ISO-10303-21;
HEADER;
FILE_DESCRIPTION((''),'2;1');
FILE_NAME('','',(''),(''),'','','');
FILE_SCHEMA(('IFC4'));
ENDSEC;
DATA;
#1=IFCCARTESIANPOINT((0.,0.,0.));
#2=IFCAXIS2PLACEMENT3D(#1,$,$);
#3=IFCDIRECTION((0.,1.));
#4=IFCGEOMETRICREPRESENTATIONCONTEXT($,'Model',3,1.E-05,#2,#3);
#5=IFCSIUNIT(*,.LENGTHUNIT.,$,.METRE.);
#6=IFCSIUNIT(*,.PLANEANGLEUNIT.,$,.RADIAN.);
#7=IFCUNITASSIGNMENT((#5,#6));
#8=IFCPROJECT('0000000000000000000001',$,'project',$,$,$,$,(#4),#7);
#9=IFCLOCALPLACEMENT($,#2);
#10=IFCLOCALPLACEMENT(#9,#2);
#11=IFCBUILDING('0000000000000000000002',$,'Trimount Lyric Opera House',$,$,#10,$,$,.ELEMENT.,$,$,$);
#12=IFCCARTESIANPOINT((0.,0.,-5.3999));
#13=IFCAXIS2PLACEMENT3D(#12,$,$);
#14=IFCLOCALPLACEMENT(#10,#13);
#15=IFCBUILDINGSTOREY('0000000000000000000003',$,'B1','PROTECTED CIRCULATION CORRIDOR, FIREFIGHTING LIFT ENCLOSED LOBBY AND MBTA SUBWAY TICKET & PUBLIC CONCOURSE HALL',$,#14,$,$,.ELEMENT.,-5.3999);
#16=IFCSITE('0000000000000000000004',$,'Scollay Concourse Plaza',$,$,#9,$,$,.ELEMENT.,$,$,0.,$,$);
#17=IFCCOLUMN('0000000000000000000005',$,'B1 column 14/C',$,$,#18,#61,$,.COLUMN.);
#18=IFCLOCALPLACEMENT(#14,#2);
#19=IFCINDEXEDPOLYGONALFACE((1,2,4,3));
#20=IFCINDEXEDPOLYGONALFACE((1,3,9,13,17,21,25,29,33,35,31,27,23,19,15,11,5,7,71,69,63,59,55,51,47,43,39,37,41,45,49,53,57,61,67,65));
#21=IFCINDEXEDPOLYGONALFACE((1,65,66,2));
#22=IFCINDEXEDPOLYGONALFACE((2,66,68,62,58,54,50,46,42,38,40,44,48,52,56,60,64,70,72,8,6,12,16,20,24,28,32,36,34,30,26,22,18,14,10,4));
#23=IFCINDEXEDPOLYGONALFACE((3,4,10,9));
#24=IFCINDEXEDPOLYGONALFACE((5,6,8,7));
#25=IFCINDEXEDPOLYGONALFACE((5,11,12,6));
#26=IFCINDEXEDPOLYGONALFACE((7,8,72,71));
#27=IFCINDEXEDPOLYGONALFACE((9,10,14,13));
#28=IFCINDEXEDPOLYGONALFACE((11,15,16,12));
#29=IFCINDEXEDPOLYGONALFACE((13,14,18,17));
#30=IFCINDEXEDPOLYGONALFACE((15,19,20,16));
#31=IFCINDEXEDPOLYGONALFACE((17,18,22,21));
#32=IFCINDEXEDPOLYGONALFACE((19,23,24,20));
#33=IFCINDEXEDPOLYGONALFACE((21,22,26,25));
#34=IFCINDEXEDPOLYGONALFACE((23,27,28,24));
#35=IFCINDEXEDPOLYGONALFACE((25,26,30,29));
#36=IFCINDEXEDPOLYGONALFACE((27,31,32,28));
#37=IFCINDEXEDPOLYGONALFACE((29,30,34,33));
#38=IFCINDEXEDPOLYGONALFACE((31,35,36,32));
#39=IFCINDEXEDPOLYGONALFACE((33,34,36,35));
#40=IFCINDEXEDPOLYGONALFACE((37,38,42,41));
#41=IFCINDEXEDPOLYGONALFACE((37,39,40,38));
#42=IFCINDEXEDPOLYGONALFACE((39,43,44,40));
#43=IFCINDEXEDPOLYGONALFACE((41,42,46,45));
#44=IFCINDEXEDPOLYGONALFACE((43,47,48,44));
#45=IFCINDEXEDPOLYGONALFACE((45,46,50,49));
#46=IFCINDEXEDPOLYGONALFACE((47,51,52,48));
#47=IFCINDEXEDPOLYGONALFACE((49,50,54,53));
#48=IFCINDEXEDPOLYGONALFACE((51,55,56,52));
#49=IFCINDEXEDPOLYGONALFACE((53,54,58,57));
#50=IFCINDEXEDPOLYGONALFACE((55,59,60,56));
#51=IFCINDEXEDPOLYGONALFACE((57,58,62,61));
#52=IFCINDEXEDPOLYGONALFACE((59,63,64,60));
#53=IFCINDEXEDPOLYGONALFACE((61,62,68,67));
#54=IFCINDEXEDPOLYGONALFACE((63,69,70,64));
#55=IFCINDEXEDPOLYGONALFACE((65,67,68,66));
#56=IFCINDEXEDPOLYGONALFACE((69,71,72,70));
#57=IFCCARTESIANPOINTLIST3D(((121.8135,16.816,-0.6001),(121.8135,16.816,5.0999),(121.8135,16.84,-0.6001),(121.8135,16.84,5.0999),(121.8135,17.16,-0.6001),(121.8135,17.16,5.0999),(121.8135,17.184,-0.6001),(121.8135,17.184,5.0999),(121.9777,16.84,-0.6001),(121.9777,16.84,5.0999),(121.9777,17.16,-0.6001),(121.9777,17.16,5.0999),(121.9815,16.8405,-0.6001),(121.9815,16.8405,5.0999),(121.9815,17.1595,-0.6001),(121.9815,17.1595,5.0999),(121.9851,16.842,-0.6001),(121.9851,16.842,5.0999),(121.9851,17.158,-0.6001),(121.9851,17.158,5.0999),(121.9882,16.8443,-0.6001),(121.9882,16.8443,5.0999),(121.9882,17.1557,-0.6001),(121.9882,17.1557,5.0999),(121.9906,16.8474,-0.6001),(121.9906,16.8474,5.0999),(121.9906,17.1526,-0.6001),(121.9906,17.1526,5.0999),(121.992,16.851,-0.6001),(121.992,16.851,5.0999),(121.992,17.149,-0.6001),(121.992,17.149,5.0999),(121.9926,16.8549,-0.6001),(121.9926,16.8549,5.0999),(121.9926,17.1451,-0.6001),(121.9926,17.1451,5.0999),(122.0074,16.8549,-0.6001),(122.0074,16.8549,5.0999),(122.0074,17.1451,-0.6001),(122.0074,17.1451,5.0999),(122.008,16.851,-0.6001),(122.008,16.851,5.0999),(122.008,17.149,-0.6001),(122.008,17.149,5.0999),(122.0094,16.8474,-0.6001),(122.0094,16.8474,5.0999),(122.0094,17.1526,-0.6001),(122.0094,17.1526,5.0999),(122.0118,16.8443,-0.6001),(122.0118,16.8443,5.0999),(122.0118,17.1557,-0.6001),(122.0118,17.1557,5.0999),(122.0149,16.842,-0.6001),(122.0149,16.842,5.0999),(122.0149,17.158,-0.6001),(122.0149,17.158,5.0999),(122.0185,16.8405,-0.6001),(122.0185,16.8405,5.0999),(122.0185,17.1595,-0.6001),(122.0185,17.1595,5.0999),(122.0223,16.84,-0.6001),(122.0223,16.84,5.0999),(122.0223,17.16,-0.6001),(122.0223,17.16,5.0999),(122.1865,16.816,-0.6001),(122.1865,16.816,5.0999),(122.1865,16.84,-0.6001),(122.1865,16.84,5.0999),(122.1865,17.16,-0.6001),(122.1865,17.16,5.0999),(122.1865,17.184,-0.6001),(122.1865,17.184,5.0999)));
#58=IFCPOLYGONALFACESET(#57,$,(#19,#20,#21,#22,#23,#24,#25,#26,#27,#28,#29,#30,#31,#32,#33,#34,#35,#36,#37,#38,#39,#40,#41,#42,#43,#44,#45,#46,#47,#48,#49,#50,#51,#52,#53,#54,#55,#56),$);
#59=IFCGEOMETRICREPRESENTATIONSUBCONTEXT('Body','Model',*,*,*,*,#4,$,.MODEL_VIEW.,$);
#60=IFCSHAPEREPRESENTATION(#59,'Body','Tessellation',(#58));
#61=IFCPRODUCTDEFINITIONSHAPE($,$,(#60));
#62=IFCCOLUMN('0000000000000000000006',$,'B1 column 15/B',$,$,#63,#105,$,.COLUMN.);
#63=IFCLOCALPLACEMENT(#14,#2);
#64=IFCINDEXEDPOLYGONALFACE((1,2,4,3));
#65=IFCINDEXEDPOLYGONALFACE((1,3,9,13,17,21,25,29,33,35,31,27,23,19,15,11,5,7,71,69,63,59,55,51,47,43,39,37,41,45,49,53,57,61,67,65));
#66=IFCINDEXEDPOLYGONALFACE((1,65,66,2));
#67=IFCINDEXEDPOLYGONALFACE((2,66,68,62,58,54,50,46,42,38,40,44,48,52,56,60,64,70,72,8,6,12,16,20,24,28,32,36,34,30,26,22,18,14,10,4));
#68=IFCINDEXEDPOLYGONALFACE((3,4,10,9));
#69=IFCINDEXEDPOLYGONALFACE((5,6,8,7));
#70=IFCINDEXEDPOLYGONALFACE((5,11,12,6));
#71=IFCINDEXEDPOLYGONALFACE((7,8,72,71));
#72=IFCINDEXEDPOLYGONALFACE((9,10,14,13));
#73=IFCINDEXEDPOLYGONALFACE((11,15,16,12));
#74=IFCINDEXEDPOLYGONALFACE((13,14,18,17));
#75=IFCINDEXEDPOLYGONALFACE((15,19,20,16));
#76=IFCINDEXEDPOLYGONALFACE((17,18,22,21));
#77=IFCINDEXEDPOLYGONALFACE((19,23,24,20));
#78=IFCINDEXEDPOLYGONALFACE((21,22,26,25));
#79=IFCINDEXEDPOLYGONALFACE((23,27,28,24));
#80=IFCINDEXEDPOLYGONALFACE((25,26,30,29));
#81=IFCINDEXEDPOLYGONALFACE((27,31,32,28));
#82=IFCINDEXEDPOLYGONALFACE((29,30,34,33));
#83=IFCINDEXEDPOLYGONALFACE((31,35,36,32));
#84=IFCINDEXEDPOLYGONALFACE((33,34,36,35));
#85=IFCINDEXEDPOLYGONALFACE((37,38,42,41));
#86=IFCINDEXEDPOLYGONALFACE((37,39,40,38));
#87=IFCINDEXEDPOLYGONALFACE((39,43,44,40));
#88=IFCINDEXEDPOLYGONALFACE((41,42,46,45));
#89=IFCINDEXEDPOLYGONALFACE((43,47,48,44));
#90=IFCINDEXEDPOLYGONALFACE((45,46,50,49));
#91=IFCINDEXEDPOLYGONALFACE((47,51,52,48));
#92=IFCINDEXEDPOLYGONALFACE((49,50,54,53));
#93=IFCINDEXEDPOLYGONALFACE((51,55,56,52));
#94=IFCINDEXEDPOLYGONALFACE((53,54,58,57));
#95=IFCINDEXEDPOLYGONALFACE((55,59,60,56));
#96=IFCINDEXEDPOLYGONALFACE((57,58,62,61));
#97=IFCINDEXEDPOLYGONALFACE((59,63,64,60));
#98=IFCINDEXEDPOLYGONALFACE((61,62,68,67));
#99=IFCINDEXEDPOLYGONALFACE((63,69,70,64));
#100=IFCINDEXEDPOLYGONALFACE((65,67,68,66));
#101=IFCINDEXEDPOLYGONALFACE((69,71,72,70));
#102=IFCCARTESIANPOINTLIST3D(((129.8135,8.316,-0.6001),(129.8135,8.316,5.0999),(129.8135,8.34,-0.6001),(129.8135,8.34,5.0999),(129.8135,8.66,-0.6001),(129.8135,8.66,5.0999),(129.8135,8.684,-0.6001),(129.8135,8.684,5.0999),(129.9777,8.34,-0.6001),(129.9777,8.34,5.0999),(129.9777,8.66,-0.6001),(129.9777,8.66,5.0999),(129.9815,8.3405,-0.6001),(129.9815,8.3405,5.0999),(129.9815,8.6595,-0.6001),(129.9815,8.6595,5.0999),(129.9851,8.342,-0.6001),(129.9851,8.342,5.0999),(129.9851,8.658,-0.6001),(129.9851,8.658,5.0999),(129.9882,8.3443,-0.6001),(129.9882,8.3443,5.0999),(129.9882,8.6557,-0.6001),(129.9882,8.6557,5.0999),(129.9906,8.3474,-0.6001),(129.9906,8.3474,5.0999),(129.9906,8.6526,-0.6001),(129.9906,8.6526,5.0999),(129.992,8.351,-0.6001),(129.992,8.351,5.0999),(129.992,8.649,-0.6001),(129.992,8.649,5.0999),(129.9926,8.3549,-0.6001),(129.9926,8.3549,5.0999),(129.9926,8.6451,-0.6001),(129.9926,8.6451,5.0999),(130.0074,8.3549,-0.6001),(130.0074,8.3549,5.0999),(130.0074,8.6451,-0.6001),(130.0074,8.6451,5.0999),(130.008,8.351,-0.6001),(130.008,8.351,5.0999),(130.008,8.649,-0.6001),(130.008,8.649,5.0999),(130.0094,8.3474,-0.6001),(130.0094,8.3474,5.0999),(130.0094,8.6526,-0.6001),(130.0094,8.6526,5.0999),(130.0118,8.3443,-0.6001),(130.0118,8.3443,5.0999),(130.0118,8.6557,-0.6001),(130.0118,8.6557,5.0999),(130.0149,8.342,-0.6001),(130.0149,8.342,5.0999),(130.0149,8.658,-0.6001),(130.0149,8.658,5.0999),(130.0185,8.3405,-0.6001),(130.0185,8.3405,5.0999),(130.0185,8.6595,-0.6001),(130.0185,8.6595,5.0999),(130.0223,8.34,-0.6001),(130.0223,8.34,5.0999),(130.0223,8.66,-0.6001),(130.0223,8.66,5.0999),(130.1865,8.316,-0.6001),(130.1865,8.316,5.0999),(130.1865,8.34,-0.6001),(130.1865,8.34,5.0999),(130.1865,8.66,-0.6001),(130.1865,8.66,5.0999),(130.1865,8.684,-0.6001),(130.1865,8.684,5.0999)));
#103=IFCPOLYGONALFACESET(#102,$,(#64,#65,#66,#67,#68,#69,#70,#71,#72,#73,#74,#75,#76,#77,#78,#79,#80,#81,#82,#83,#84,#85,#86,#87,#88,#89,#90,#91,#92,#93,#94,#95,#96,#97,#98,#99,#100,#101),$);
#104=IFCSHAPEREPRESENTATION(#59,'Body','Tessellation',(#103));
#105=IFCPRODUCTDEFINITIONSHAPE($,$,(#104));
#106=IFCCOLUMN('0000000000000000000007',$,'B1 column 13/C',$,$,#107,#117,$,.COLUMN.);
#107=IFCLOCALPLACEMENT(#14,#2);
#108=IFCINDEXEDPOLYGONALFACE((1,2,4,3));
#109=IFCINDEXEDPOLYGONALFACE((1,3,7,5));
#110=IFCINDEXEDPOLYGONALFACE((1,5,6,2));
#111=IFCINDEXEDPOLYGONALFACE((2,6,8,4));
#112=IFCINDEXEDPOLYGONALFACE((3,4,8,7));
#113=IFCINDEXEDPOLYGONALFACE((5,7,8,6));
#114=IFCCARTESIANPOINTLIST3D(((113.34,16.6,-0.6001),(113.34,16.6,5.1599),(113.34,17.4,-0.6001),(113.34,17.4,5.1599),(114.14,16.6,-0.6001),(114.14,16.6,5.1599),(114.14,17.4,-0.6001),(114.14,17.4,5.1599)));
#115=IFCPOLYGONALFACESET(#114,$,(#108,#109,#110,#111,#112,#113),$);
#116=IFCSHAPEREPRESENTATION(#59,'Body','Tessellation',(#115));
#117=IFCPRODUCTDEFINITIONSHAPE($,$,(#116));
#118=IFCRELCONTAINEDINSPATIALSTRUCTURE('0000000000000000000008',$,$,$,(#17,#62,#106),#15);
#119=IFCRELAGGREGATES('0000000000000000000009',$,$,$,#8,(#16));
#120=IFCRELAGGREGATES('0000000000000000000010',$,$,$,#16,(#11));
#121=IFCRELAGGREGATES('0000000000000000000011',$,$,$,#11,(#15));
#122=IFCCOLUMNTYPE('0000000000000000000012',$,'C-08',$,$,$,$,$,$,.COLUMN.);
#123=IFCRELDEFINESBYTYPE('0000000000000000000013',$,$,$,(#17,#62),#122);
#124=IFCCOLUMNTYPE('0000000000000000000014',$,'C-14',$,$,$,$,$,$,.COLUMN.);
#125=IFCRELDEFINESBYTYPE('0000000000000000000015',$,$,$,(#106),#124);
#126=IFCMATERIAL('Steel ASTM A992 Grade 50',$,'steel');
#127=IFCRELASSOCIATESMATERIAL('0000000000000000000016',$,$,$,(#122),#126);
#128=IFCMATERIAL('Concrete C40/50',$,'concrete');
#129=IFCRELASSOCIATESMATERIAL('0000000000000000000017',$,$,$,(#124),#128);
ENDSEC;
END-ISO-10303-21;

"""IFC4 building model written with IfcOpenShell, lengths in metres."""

from ifc_helpers import new_model, si_unit, direction, frame, origin, origin_2d, place, context, subcontext, project, spatial, rectangle, i_section, extrude, material, material_profile, profile_set, type_object, element, save


model = new_model("IFC4")

# Units and contexts
model_context = context("Model", 3, precision=1e-05, world=origin(), true_north=direction((0.0, 1.0)))
body_context = subcontext(model_context, "Body", "Model", "MODEL_VIEW")
ifc_project = project(units=[si_unit("LENGTHUNIT", "METRE"), si_unit("PLANEANGLEUNIT", "RADIAN")], contexts=[model_context])

# Site, building, storey
site_placement = place(None, origin())
site = spatial("IfcSite", under=ifc_project, at=site_placement, Name="Scollay Concourse Plaza", CompositionType="ELEMENT", RefElevation=0.0)
building_placement = place(site_placement, origin())
building = spatial("IfcBuilding", under=site, at=building_placement, Name="Trimount Lyric Opera House", CompositionType="ELEMENT")
storey_placement = place(building_placement, frame((0.0, 0.0, -5.3999)))
storey = spatial("IfcBuildingStorey", under=building, at=storey_placement, Name="B1", Description="PROTECTED CIRCULATION CORRIDOR, FIREFIGHTING LIFT ENCLOSED LOBBY AND MBTA SUBWAY TICKET & PUBLIC CONCOURSE HALL", CompositionType="ELEMENT", Elevation=-5.3999)

# Columns
ifc_material_1 = material(Name="Steel ASTM A992 Grade 50", Category="steel")
ifc_material_profile_1 = material_profile(ifc_material_1, i_section(OverallWidth=0.373, OverallDepth=0.3679, WebThickness=0.0149, FlangeThickness=0.0239, FilletRadius=0.0149, at=origin_2d()), Name="W14X120")
ifc_profile_set_1 = profile_set([ifc_material_profile_1], Name="Steel ASTM A992 Grade 50")
column_type_1 = type_object("IfcColumnType", Name="C-08", PredefinedType="COLUMN", material=ifc_profile_set_1)
for number, where, z_axis, x_axis, name in (
    (1, (122.0, 17.0, -0.6001), (0.0, 0.0, 1.0), (1.0, 0.0, 0.0), "B1 column 14/C"),
    (2, (130.0, 8.5, -0.6001), (0.0, 0.0, 1.0), (1.0, 0.0, 0.0), "B1 column 15/B"),
):
    element("IfcColumn", number, at=place(storey_placement, frame(where, z_axis=z_axis, x_axis=x_axis)), inside=storey, type_object=column_type_1, Name=name, PredefinedType="COLUMN", context=body_context, shape_type="SweptSolid", body=[
        extrude(i_section(OverallWidth=0.373, OverallDepth=0.3679, WebThickness=0.0149, FlangeThickness=0.0239, FilletRadius=0.0149, at=origin_2d()), origin(), (0.0, 0.0, 1.0), 5.7),
    ])
ifc_material_2 = material(Name="Concrete C40/50", Category="concrete")
ifc_material_profile_2 = material_profile(ifc_material_2, rectangle(XDim=0.8, YDim=0.8, at=origin_2d()), Name="RC800X800")
ifc_profile_set_2 = profile_set([ifc_material_profile_2], Name="Concrete C40/50")
column_type_2 = type_object("IfcColumnType", Name="C-14", PredefinedType="COLUMN", material=ifc_profile_set_2)
column_1_placement = place(storey_placement, frame((113.74, 17.0, -0.6001), z_axis=(0.0, 0.0, 1.0), x_axis=(1.0, 0.0, 0.0)))
element("IfcColumn", 3, at=column_1_placement, inside=storey, type_object=column_type_2, Name="B1 column 13/C", PredefinedType="COLUMN", context=body_context, shape_type="SweptSolid", body=[
    extrude(rectangle(XDim=0.8, YDim=0.8, at=origin_2d()), origin(), (0.0, 0.0, 1.0), 5.76),
])

save(model, "model.ifc")
